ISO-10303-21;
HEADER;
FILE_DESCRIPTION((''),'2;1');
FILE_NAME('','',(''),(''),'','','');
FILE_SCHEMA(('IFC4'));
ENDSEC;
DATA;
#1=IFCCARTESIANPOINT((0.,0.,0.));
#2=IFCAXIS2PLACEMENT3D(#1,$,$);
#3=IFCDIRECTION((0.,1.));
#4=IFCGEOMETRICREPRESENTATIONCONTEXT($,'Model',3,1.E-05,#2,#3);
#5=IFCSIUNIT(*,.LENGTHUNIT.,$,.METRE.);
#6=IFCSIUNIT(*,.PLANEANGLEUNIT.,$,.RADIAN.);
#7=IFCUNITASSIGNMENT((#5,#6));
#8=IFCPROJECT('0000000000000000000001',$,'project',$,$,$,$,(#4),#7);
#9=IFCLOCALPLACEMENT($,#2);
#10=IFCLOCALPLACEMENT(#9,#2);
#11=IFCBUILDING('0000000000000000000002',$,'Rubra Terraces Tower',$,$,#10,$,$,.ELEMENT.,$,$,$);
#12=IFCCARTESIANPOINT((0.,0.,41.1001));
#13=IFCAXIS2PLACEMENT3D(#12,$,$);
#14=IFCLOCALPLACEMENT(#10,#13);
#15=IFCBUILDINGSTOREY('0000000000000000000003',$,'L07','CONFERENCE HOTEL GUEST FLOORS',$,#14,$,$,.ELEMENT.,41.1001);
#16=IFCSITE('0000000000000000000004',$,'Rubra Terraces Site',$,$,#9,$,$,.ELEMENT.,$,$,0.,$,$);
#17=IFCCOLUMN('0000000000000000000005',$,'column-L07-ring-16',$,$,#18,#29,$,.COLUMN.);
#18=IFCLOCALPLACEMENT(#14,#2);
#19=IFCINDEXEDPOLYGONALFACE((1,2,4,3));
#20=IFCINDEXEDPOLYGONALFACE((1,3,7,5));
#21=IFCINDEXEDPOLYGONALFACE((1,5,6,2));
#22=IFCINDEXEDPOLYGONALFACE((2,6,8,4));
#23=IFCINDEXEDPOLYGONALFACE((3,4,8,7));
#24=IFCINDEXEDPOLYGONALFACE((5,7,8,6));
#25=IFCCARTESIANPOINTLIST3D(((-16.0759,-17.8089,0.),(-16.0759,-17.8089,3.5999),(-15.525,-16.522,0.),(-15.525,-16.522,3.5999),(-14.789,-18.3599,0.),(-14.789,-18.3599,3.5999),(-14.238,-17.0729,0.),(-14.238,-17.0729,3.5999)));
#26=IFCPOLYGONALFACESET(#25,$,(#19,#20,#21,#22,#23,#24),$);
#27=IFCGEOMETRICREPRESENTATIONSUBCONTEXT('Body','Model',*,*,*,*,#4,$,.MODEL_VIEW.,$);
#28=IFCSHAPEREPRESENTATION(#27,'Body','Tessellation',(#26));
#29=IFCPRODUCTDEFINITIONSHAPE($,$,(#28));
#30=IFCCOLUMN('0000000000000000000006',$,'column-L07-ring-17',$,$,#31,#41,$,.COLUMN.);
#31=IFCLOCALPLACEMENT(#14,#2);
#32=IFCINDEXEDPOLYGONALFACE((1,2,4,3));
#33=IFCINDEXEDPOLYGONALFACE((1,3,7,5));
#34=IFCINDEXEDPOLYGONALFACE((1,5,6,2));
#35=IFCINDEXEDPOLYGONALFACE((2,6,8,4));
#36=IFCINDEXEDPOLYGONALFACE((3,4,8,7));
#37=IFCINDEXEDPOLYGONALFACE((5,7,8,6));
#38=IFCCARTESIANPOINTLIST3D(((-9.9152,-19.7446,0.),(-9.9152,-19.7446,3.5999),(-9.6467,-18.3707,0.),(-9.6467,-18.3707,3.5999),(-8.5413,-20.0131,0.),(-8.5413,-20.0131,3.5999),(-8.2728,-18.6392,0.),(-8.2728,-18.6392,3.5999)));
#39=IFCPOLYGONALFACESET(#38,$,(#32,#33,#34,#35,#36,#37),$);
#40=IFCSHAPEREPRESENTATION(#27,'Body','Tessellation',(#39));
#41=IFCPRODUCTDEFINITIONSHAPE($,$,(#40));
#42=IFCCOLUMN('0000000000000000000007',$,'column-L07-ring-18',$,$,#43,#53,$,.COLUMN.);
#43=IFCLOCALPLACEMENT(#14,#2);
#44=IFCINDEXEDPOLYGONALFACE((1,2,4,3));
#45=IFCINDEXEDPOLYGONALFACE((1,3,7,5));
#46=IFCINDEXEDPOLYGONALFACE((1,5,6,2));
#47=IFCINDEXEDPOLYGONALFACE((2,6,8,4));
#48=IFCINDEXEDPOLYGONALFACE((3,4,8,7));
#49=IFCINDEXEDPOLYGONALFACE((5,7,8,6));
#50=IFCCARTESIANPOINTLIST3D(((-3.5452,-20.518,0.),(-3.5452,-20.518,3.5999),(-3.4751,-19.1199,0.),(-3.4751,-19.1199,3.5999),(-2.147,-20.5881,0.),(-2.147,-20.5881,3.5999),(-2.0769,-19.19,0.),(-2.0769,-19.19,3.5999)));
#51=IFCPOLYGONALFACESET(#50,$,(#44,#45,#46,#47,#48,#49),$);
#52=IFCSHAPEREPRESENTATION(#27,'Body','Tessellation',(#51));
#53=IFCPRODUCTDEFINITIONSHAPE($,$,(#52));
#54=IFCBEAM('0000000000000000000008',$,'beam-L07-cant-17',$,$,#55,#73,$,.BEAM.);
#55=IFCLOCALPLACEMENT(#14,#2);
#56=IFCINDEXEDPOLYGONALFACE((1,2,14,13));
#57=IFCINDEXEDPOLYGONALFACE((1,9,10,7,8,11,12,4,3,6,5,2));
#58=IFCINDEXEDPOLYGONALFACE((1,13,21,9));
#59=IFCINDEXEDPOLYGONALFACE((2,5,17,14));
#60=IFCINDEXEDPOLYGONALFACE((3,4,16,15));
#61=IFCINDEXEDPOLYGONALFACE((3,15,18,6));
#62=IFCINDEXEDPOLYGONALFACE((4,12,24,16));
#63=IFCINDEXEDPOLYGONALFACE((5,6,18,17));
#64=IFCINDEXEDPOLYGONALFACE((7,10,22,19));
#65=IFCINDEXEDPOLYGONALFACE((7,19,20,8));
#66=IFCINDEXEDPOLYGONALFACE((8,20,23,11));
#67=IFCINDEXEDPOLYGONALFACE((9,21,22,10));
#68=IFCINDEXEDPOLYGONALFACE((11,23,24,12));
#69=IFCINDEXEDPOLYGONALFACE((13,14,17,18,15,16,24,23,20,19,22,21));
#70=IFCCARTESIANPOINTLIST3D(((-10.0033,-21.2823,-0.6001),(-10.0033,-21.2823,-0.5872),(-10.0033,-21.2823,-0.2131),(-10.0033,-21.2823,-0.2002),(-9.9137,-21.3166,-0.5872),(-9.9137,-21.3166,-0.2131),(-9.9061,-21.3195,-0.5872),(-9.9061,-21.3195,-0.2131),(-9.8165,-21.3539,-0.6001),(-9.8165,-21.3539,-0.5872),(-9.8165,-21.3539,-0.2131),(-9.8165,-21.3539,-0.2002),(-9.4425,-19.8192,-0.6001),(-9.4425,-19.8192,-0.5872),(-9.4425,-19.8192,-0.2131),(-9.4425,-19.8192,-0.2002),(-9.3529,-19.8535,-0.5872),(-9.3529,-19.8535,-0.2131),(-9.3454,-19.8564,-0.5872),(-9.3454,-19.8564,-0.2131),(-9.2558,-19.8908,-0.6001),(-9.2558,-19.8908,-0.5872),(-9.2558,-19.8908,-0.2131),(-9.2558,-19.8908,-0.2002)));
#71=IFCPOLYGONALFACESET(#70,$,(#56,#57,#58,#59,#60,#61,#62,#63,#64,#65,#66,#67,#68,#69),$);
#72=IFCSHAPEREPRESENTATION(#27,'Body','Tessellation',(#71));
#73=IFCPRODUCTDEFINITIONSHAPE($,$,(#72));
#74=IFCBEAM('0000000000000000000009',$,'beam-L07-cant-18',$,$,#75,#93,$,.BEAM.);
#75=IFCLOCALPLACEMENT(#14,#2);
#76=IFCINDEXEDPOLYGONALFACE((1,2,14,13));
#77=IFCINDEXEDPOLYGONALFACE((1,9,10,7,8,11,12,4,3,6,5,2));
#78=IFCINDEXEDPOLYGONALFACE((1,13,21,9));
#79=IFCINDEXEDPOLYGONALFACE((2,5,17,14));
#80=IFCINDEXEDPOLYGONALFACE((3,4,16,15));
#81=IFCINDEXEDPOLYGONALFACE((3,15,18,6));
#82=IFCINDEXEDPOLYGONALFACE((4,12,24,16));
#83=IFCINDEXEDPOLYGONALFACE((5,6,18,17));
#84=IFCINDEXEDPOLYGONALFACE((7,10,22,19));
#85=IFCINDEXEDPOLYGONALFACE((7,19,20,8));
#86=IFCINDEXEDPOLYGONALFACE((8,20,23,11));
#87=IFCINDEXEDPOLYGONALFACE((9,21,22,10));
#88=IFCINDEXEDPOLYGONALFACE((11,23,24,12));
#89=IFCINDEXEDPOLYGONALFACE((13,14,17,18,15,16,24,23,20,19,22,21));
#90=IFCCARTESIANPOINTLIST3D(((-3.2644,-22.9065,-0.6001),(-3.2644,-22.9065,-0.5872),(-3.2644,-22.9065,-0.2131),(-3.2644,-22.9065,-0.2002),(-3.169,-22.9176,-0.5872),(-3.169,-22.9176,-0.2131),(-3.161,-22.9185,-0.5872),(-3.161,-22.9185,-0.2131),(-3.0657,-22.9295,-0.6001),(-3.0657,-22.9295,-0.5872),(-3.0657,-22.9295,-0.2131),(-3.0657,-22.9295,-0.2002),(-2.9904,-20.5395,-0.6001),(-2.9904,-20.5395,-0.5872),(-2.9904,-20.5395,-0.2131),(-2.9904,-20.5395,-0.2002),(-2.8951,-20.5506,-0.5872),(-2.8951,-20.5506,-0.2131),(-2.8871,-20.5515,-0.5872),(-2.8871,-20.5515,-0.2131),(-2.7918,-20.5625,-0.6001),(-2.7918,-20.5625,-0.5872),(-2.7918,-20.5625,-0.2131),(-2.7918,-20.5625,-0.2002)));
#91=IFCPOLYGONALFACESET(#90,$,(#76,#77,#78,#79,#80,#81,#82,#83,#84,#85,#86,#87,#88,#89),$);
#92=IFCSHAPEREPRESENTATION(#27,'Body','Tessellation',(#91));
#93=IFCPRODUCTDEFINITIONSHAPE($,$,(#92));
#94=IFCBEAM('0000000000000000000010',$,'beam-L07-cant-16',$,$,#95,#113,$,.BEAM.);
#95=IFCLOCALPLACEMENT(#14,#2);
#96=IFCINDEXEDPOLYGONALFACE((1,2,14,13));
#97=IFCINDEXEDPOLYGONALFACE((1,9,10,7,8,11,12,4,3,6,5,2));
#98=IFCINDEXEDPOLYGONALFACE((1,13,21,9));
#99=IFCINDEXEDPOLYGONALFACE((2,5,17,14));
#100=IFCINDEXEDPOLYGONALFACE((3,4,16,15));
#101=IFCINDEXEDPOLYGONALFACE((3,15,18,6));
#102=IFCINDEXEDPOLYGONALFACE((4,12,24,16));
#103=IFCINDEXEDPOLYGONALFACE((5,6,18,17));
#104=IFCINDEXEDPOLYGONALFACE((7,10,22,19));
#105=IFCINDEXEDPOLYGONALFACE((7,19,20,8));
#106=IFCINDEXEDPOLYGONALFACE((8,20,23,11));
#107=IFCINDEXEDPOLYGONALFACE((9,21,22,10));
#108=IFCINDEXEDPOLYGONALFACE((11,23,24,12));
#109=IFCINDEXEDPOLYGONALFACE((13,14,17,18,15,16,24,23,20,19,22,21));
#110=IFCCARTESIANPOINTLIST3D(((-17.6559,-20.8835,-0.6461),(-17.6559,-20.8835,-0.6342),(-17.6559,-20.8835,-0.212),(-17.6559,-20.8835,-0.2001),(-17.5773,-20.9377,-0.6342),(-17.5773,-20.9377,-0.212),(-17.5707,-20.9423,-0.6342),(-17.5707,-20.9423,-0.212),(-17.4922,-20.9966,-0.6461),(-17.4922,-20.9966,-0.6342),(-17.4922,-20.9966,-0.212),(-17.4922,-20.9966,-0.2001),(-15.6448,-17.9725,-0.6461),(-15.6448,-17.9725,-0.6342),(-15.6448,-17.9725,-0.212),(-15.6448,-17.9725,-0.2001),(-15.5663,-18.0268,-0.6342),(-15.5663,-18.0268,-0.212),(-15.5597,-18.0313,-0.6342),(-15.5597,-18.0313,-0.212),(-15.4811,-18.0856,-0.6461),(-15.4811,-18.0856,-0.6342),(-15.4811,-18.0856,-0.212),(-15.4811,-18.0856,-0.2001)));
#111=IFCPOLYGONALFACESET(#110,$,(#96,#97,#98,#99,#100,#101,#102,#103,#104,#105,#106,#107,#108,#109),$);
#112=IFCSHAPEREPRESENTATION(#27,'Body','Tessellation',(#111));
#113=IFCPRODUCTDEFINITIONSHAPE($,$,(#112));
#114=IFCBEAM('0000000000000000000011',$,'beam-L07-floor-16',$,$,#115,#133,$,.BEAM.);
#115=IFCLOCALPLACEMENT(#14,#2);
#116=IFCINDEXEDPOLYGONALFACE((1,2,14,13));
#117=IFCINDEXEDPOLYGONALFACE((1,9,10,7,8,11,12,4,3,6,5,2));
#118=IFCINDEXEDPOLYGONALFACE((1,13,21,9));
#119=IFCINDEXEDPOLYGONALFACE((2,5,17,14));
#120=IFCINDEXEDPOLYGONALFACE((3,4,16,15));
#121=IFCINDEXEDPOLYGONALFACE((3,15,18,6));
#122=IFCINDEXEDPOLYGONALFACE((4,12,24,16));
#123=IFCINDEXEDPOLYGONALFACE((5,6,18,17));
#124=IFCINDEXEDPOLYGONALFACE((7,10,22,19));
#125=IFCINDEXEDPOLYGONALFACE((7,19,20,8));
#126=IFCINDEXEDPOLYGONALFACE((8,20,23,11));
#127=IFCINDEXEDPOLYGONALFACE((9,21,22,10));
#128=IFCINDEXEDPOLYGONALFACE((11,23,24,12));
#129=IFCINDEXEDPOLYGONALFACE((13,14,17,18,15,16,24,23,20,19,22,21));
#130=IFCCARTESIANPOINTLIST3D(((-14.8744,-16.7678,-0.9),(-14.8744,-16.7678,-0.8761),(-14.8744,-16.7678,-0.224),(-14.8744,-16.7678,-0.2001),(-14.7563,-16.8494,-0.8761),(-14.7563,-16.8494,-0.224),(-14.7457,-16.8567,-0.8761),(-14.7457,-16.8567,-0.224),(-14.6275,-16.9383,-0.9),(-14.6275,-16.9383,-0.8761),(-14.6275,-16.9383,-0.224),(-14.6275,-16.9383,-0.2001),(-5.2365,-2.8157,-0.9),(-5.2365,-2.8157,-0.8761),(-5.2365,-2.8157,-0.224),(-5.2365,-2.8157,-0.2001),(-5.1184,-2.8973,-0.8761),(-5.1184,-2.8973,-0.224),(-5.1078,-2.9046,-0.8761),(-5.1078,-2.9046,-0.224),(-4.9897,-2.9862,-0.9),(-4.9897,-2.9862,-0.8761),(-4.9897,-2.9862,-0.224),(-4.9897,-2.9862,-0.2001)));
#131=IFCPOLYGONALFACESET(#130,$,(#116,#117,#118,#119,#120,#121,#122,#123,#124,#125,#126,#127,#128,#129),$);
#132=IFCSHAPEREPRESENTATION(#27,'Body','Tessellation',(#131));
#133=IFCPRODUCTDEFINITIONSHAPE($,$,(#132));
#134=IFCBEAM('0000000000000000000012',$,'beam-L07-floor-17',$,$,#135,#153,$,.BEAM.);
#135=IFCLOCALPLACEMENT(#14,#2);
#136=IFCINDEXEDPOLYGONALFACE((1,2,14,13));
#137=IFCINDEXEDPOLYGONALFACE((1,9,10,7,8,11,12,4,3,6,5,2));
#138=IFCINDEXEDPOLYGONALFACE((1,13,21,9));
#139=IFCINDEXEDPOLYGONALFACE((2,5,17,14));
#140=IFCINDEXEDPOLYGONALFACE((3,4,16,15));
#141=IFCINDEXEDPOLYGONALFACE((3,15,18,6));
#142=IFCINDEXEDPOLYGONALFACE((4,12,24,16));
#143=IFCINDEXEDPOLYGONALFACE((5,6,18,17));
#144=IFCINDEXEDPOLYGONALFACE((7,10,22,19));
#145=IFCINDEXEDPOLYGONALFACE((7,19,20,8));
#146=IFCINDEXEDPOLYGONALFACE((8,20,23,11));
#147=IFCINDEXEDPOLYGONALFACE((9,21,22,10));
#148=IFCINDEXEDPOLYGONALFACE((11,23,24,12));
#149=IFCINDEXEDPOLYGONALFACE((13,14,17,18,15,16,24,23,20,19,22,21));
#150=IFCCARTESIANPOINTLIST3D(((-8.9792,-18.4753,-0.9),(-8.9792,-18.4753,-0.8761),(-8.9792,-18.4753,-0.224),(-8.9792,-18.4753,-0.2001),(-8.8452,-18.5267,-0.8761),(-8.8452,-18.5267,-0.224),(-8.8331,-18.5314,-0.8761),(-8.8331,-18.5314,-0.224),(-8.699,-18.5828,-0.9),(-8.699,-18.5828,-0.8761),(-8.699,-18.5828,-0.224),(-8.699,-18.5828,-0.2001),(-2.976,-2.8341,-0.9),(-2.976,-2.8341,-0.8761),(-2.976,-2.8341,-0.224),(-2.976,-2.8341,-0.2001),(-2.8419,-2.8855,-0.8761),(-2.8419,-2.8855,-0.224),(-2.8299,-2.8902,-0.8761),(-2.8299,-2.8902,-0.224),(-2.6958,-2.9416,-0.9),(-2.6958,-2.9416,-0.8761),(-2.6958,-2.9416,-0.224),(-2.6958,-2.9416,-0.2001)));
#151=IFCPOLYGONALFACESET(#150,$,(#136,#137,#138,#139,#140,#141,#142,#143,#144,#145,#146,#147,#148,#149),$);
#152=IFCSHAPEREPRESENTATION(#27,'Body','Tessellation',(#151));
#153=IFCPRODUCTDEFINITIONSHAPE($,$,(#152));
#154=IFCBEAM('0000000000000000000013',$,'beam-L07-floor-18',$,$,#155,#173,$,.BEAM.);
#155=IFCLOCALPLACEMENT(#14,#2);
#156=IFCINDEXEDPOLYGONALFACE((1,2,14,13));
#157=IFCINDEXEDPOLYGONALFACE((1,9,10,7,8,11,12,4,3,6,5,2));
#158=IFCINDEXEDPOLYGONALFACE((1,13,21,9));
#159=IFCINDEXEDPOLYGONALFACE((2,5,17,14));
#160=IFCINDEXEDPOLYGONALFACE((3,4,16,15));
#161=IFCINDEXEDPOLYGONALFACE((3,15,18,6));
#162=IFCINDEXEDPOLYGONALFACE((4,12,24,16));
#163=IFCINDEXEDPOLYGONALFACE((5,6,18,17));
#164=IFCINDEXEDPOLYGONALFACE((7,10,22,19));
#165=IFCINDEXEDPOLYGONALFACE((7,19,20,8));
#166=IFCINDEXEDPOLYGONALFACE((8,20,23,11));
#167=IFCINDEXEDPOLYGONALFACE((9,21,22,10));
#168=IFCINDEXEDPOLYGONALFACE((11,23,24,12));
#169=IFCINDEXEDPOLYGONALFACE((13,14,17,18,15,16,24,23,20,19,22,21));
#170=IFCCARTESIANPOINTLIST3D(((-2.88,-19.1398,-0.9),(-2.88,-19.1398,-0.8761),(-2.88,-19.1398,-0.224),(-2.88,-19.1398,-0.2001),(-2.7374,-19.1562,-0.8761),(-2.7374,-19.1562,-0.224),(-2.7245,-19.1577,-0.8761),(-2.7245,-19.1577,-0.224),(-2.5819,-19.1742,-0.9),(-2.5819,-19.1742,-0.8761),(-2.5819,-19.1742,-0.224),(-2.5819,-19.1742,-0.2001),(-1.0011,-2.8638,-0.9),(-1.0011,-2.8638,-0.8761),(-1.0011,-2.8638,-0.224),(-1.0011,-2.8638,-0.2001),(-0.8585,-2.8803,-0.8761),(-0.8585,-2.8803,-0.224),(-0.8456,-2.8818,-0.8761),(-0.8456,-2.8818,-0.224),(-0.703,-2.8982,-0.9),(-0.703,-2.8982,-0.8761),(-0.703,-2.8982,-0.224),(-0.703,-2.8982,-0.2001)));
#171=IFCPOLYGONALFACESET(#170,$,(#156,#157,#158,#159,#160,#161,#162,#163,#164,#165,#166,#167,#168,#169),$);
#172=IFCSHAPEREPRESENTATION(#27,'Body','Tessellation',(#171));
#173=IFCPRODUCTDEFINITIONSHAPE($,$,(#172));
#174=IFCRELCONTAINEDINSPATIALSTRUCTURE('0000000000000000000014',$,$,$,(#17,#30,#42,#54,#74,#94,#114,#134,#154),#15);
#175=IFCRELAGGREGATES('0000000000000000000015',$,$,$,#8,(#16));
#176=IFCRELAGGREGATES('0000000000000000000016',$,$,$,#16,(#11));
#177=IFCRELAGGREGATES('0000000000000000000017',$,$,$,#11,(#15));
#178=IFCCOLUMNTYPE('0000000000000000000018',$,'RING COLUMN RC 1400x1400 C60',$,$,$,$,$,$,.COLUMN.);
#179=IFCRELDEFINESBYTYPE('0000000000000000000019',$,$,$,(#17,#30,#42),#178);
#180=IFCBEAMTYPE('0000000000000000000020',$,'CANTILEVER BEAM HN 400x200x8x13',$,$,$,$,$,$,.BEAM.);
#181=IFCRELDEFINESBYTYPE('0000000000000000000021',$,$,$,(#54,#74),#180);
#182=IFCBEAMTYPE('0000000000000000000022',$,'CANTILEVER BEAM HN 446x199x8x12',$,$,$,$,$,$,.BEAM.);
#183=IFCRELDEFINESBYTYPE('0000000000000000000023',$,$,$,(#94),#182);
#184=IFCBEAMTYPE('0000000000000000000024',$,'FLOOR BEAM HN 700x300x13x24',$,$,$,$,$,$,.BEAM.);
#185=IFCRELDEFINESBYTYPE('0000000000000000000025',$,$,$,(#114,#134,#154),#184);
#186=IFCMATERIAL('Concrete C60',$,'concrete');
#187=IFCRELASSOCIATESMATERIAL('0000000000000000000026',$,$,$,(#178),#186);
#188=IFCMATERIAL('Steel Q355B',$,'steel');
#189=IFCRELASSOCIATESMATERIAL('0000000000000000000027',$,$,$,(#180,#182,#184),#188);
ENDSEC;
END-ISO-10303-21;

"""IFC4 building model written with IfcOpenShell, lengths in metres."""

from ifc_helpers import new_model, si_unit, direction, frame, origin, origin_2d, place, context, subcontext, project, spatial, rectangle, i_section, extrude, material, material_profile, profile_set, type_object, element, save


model = new_model("IFC4")

# Units and contexts
model_context = context("Model", 3, precision=1e-05, world=origin(), true_north=direction((0.0, 1.0)))
body_context = subcontext(model_context, "Body", "Model", "MODEL_VIEW")
ifc_project = project(units=[si_unit("LENGTHUNIT", "METRE"), si_unit("PLANEANGLEUNIT", "RADIAN")], contexts=[model_context])

# Site, building, storey
site_placement = place(None, origin())
site = spatial("IfcSite", under=ifc_project, at=site_placement, Name="Rubra Terraces Site", CompositionType="ELEMENT", RefElevation=0.0)
building_placement = place(site_placement, origin())
building = spatial("IfcBuilding", under=site, at=building_placement, Name="Rubra Terraces Tower", CompositionType="ELEMENT")
storey_placement = place(building_placement, frame((0.0, 0.0, 41.1001)))
storey = spatial("IfcBuildingStorey", under=building, at=storey_placement, Name="L07", Description="CONFERENCE HOTEL GUEST FLOORS", CompositionType="ELEMENT", Elevation=41.1001)

# Columns
ifc_material_1 = material(Name="Concrete C60", Category="concrete")
ifc_material_profile_1 = material_profile(ifc_material_1, rectangle(XDim=1.3999, YDim=1.3999, at=origin_2d()), Name="RC 1400x1400")
ifc_profile_set_1 = profile_set([ifc_material_profile_1], Name="Concrete C60")
column_type = type_object("IfcColumnType", Name="RING COLUMN RC 1400x1400 C60", PredefinedType="COLUMN", material=ifc_profile_set_1)
for number, where, z_axis, x_axis, name in (
    (1, (-15.157, -17.4409, 0.0), (0.0, 0.0, 1.0), (0.919294, -0.393572, 0.0), "column-L07-ring-16"),
    (2, (-9.094, -19.1919, 0.0), (0.0, 0.0, 1.0), (0.98143, -0.191819, 0.0), "column-L07-ring-17"),
    (3, (-2.811, -19.854, 0.0), (0.0, 0.0, 1.0), (0.998745, -0.050084, 0.0), "column-L07-ring-18"),
):
    element("IfcColumn", number, at=place(storey_placement, frame(where, z_axis=z_axis, x_axis=x_axis)), inside=storey, type_object=column_type, Name=name, PredefinedType="COLUMN", context=body_context, shape_type="SweptSolid", body=[
        extrude(rectangle(XDim=1.3999, YDim=1.3999, at=origin_2d()), origin(), (0.0, 0.0, 1.0), 3.5999),
    ])

# Beams
ifc_material_2 = material(Name="Steel Q355B", Category="steel")
ifc_material_profile_2 = material_profile(ifc_material_2, i_section(OverallWidth=0.2, OverallDepth=0.3999, WebThickness=0.0081, FlangeThickness=0.0129, at=origin_2d()), Name="HN 400x200x8x13")
ifc_profile_set_2 = profile_set([ifc_material_profile_2], Name="Steel Q355B")
beam_type_1 = type_object("IfcBeamType", Name="CANTILEVER BEAM HN 400x200x8x13", PredefinedType="BEAM", material=ifc_profile_set_2)
beam_1_placement = place(storey_placement, frame((-9.3491, -19.855, -0.4001), z_axis=(-0.357893, -0.933763, 0.0), x_axis=(0.933763, -0.357893, 0.0)))
element("IfcBeam", 4, at=beam_1_placement, inside=storey, type_object=beam_type_1, Name="beam-L07-cant-17", PredefinedType="BEAM", context=body_context, shape_type="SweptSolid", body=[
    extrude(i_section(OverallWidth=0.2, OverallDepth=0.3999, WebThickness=0.0081, FlangeThickness=0.0129, at=origin_2d()), origin(), (0.0, 0.0, 1.0), 1.5669),
])
beam_2_placement = place(storey_placement, frame((-2.8911, -20.551, -0.4001), z_axis=(-0.114962, -0.99337, 0.0), x_axis=(0.99337, -0.114962, 0.0)))
element("IfcBeam", 5, at=beam_2_placement, inside=storey, type_object=beam_type_1, Name="beam-L07-cant-18", PredefinedType="BEAM", context=body_context, shape_type="SweptSolid", body=[
    extrude(i_section(OverallWidth=0.2, OverallDepth=0.3999, WebThickness=0.0081, FlangeThickness=0.0129, at=origin_2d()), origin(), (0.0, 0.0, 1.0), 2.3828),
])
ifc_material_profile_3 = material_profile(ifc_material_2, i_section(OverallWidth=0.199, OverallDepth=0.446, WebThickness=0.0081, FlangeThickness=0.012, at=origin_2d()), Name="HN 446x199x8x12")
ifc_profile_set_3 = profile_set([ifc_material_profile_3], Name="Steel Q355B")
beam_type_2 = type_object("IfcBeamType", Name="CANTILEVER BEAM HN 446x199x8x12", PredefinedType="BEAM", material=ifc_profile_set_3)
beam_3_placement = place(storey_placement, frame((-15.563, -18.0291, -0.4231), z_axis=(-0.568399, -0.822753, 0.0), x_axis=(0.822753, -0.568399, 0.0)))
element("IfcBeam", 6, at=beam_3_placement, inside=storey, type_object=beam_type_2, Name="beam-L07-cant-16", PredefinedType="BEAM", context=body_context, shape_type="SweptSolid", body=[
    extrude(i_section(OverallWidth=0.199, OverallDepth=0.446, WebThickness=0.0081, FlangeThickness=0.012, at=origin_2d()), origin(), (0.0, 0.0, 1.0), 3.5381),
])
ifc_material_profile_4 = material_profile(ifc_material_2, i_section(OverallWidth=0.3, OverallDepth=0.7, WebThickness=0.0129, FlangeThickness=0.0239, at=origin_2d()), Name="HN 700x300x13x24")
ifc_profile_set_4 = profile_set([ifc_material_profile_4], Name="Steel Q355B")
beam_type_3 = type_object("IfcBeamType", Name="FLOOR BEAM HN 700x300x13x24", PredefinedType="BEAM", material=ifc_profile_set_4)
beam_4_placement = place(storey_placement, frame((-14.751, -16.853, -0.55), z_axis=(0.568363, 0.822778, 0.0), x_axis=(-0.822778, 0.568363, 0.0)))
element("IfcBeam", 7, at=beam_4_placement, inside=storey, type_object=beam_type_3, Name="beam-L07-floor-16", PredefinedType="BEAM", context=body_context, shape_type="SweptSolid", body=[
    extrude(i_section(OverallWidth=0.3, OverallDepth=0.7, WebThickness=0.0129, FlangeThickness=0.0239, at=origin_2d()), origin(), (0.0, 0.0, 1.0), 16.9573),
])
beam_5_placement = place(storey_placement, frame((-8.8391, -18.5291, -0.55), z_axis=(0.358322, 0.933598, 0.0), x_axis=(-0.933598, 0.358322, 0.0)))
element("IfcBeam", 8, at=beam_5_placement, inside=storey, type_object=beam_type_3, Name="beam-L07-floor-17", PredefinedType="BEAM", context=body_context, shape_type="SweptSolid", body=[
    extrude(i_section(OverallWidth=0.3, OverallDepth=0.7, WebThickness=0.0129, FlangeThickness=0.0239, at=origin_2d()), origin(), (0.0, 0.0, 1.0), 16.7537),
])
beam_6_placement = place(storey_placement, frame((-2.731, -19.157, -0.55), z_axis=(0.11468, 0.993403, 0.0), x_axis=(-0.993403, 0.11468, 0.0)))
element("IfcBeam", 9, at=beam_6_placement, inside=storey, type_object=beam_type_3, Name="beam-L07-floor-18", PredefinedType="BEAM", context=body_context, shape_type="SweptSolid", body=[
    extrude(i_section(OverallWidth=0.3, OverallDepth=0.7, WebThickness=0.0129, FlangeThickness=0.0239, at=origin_2d()), origin(), (0.0, 0.0, 1.0), 16.384),
])

save(model, "model.ifc")
